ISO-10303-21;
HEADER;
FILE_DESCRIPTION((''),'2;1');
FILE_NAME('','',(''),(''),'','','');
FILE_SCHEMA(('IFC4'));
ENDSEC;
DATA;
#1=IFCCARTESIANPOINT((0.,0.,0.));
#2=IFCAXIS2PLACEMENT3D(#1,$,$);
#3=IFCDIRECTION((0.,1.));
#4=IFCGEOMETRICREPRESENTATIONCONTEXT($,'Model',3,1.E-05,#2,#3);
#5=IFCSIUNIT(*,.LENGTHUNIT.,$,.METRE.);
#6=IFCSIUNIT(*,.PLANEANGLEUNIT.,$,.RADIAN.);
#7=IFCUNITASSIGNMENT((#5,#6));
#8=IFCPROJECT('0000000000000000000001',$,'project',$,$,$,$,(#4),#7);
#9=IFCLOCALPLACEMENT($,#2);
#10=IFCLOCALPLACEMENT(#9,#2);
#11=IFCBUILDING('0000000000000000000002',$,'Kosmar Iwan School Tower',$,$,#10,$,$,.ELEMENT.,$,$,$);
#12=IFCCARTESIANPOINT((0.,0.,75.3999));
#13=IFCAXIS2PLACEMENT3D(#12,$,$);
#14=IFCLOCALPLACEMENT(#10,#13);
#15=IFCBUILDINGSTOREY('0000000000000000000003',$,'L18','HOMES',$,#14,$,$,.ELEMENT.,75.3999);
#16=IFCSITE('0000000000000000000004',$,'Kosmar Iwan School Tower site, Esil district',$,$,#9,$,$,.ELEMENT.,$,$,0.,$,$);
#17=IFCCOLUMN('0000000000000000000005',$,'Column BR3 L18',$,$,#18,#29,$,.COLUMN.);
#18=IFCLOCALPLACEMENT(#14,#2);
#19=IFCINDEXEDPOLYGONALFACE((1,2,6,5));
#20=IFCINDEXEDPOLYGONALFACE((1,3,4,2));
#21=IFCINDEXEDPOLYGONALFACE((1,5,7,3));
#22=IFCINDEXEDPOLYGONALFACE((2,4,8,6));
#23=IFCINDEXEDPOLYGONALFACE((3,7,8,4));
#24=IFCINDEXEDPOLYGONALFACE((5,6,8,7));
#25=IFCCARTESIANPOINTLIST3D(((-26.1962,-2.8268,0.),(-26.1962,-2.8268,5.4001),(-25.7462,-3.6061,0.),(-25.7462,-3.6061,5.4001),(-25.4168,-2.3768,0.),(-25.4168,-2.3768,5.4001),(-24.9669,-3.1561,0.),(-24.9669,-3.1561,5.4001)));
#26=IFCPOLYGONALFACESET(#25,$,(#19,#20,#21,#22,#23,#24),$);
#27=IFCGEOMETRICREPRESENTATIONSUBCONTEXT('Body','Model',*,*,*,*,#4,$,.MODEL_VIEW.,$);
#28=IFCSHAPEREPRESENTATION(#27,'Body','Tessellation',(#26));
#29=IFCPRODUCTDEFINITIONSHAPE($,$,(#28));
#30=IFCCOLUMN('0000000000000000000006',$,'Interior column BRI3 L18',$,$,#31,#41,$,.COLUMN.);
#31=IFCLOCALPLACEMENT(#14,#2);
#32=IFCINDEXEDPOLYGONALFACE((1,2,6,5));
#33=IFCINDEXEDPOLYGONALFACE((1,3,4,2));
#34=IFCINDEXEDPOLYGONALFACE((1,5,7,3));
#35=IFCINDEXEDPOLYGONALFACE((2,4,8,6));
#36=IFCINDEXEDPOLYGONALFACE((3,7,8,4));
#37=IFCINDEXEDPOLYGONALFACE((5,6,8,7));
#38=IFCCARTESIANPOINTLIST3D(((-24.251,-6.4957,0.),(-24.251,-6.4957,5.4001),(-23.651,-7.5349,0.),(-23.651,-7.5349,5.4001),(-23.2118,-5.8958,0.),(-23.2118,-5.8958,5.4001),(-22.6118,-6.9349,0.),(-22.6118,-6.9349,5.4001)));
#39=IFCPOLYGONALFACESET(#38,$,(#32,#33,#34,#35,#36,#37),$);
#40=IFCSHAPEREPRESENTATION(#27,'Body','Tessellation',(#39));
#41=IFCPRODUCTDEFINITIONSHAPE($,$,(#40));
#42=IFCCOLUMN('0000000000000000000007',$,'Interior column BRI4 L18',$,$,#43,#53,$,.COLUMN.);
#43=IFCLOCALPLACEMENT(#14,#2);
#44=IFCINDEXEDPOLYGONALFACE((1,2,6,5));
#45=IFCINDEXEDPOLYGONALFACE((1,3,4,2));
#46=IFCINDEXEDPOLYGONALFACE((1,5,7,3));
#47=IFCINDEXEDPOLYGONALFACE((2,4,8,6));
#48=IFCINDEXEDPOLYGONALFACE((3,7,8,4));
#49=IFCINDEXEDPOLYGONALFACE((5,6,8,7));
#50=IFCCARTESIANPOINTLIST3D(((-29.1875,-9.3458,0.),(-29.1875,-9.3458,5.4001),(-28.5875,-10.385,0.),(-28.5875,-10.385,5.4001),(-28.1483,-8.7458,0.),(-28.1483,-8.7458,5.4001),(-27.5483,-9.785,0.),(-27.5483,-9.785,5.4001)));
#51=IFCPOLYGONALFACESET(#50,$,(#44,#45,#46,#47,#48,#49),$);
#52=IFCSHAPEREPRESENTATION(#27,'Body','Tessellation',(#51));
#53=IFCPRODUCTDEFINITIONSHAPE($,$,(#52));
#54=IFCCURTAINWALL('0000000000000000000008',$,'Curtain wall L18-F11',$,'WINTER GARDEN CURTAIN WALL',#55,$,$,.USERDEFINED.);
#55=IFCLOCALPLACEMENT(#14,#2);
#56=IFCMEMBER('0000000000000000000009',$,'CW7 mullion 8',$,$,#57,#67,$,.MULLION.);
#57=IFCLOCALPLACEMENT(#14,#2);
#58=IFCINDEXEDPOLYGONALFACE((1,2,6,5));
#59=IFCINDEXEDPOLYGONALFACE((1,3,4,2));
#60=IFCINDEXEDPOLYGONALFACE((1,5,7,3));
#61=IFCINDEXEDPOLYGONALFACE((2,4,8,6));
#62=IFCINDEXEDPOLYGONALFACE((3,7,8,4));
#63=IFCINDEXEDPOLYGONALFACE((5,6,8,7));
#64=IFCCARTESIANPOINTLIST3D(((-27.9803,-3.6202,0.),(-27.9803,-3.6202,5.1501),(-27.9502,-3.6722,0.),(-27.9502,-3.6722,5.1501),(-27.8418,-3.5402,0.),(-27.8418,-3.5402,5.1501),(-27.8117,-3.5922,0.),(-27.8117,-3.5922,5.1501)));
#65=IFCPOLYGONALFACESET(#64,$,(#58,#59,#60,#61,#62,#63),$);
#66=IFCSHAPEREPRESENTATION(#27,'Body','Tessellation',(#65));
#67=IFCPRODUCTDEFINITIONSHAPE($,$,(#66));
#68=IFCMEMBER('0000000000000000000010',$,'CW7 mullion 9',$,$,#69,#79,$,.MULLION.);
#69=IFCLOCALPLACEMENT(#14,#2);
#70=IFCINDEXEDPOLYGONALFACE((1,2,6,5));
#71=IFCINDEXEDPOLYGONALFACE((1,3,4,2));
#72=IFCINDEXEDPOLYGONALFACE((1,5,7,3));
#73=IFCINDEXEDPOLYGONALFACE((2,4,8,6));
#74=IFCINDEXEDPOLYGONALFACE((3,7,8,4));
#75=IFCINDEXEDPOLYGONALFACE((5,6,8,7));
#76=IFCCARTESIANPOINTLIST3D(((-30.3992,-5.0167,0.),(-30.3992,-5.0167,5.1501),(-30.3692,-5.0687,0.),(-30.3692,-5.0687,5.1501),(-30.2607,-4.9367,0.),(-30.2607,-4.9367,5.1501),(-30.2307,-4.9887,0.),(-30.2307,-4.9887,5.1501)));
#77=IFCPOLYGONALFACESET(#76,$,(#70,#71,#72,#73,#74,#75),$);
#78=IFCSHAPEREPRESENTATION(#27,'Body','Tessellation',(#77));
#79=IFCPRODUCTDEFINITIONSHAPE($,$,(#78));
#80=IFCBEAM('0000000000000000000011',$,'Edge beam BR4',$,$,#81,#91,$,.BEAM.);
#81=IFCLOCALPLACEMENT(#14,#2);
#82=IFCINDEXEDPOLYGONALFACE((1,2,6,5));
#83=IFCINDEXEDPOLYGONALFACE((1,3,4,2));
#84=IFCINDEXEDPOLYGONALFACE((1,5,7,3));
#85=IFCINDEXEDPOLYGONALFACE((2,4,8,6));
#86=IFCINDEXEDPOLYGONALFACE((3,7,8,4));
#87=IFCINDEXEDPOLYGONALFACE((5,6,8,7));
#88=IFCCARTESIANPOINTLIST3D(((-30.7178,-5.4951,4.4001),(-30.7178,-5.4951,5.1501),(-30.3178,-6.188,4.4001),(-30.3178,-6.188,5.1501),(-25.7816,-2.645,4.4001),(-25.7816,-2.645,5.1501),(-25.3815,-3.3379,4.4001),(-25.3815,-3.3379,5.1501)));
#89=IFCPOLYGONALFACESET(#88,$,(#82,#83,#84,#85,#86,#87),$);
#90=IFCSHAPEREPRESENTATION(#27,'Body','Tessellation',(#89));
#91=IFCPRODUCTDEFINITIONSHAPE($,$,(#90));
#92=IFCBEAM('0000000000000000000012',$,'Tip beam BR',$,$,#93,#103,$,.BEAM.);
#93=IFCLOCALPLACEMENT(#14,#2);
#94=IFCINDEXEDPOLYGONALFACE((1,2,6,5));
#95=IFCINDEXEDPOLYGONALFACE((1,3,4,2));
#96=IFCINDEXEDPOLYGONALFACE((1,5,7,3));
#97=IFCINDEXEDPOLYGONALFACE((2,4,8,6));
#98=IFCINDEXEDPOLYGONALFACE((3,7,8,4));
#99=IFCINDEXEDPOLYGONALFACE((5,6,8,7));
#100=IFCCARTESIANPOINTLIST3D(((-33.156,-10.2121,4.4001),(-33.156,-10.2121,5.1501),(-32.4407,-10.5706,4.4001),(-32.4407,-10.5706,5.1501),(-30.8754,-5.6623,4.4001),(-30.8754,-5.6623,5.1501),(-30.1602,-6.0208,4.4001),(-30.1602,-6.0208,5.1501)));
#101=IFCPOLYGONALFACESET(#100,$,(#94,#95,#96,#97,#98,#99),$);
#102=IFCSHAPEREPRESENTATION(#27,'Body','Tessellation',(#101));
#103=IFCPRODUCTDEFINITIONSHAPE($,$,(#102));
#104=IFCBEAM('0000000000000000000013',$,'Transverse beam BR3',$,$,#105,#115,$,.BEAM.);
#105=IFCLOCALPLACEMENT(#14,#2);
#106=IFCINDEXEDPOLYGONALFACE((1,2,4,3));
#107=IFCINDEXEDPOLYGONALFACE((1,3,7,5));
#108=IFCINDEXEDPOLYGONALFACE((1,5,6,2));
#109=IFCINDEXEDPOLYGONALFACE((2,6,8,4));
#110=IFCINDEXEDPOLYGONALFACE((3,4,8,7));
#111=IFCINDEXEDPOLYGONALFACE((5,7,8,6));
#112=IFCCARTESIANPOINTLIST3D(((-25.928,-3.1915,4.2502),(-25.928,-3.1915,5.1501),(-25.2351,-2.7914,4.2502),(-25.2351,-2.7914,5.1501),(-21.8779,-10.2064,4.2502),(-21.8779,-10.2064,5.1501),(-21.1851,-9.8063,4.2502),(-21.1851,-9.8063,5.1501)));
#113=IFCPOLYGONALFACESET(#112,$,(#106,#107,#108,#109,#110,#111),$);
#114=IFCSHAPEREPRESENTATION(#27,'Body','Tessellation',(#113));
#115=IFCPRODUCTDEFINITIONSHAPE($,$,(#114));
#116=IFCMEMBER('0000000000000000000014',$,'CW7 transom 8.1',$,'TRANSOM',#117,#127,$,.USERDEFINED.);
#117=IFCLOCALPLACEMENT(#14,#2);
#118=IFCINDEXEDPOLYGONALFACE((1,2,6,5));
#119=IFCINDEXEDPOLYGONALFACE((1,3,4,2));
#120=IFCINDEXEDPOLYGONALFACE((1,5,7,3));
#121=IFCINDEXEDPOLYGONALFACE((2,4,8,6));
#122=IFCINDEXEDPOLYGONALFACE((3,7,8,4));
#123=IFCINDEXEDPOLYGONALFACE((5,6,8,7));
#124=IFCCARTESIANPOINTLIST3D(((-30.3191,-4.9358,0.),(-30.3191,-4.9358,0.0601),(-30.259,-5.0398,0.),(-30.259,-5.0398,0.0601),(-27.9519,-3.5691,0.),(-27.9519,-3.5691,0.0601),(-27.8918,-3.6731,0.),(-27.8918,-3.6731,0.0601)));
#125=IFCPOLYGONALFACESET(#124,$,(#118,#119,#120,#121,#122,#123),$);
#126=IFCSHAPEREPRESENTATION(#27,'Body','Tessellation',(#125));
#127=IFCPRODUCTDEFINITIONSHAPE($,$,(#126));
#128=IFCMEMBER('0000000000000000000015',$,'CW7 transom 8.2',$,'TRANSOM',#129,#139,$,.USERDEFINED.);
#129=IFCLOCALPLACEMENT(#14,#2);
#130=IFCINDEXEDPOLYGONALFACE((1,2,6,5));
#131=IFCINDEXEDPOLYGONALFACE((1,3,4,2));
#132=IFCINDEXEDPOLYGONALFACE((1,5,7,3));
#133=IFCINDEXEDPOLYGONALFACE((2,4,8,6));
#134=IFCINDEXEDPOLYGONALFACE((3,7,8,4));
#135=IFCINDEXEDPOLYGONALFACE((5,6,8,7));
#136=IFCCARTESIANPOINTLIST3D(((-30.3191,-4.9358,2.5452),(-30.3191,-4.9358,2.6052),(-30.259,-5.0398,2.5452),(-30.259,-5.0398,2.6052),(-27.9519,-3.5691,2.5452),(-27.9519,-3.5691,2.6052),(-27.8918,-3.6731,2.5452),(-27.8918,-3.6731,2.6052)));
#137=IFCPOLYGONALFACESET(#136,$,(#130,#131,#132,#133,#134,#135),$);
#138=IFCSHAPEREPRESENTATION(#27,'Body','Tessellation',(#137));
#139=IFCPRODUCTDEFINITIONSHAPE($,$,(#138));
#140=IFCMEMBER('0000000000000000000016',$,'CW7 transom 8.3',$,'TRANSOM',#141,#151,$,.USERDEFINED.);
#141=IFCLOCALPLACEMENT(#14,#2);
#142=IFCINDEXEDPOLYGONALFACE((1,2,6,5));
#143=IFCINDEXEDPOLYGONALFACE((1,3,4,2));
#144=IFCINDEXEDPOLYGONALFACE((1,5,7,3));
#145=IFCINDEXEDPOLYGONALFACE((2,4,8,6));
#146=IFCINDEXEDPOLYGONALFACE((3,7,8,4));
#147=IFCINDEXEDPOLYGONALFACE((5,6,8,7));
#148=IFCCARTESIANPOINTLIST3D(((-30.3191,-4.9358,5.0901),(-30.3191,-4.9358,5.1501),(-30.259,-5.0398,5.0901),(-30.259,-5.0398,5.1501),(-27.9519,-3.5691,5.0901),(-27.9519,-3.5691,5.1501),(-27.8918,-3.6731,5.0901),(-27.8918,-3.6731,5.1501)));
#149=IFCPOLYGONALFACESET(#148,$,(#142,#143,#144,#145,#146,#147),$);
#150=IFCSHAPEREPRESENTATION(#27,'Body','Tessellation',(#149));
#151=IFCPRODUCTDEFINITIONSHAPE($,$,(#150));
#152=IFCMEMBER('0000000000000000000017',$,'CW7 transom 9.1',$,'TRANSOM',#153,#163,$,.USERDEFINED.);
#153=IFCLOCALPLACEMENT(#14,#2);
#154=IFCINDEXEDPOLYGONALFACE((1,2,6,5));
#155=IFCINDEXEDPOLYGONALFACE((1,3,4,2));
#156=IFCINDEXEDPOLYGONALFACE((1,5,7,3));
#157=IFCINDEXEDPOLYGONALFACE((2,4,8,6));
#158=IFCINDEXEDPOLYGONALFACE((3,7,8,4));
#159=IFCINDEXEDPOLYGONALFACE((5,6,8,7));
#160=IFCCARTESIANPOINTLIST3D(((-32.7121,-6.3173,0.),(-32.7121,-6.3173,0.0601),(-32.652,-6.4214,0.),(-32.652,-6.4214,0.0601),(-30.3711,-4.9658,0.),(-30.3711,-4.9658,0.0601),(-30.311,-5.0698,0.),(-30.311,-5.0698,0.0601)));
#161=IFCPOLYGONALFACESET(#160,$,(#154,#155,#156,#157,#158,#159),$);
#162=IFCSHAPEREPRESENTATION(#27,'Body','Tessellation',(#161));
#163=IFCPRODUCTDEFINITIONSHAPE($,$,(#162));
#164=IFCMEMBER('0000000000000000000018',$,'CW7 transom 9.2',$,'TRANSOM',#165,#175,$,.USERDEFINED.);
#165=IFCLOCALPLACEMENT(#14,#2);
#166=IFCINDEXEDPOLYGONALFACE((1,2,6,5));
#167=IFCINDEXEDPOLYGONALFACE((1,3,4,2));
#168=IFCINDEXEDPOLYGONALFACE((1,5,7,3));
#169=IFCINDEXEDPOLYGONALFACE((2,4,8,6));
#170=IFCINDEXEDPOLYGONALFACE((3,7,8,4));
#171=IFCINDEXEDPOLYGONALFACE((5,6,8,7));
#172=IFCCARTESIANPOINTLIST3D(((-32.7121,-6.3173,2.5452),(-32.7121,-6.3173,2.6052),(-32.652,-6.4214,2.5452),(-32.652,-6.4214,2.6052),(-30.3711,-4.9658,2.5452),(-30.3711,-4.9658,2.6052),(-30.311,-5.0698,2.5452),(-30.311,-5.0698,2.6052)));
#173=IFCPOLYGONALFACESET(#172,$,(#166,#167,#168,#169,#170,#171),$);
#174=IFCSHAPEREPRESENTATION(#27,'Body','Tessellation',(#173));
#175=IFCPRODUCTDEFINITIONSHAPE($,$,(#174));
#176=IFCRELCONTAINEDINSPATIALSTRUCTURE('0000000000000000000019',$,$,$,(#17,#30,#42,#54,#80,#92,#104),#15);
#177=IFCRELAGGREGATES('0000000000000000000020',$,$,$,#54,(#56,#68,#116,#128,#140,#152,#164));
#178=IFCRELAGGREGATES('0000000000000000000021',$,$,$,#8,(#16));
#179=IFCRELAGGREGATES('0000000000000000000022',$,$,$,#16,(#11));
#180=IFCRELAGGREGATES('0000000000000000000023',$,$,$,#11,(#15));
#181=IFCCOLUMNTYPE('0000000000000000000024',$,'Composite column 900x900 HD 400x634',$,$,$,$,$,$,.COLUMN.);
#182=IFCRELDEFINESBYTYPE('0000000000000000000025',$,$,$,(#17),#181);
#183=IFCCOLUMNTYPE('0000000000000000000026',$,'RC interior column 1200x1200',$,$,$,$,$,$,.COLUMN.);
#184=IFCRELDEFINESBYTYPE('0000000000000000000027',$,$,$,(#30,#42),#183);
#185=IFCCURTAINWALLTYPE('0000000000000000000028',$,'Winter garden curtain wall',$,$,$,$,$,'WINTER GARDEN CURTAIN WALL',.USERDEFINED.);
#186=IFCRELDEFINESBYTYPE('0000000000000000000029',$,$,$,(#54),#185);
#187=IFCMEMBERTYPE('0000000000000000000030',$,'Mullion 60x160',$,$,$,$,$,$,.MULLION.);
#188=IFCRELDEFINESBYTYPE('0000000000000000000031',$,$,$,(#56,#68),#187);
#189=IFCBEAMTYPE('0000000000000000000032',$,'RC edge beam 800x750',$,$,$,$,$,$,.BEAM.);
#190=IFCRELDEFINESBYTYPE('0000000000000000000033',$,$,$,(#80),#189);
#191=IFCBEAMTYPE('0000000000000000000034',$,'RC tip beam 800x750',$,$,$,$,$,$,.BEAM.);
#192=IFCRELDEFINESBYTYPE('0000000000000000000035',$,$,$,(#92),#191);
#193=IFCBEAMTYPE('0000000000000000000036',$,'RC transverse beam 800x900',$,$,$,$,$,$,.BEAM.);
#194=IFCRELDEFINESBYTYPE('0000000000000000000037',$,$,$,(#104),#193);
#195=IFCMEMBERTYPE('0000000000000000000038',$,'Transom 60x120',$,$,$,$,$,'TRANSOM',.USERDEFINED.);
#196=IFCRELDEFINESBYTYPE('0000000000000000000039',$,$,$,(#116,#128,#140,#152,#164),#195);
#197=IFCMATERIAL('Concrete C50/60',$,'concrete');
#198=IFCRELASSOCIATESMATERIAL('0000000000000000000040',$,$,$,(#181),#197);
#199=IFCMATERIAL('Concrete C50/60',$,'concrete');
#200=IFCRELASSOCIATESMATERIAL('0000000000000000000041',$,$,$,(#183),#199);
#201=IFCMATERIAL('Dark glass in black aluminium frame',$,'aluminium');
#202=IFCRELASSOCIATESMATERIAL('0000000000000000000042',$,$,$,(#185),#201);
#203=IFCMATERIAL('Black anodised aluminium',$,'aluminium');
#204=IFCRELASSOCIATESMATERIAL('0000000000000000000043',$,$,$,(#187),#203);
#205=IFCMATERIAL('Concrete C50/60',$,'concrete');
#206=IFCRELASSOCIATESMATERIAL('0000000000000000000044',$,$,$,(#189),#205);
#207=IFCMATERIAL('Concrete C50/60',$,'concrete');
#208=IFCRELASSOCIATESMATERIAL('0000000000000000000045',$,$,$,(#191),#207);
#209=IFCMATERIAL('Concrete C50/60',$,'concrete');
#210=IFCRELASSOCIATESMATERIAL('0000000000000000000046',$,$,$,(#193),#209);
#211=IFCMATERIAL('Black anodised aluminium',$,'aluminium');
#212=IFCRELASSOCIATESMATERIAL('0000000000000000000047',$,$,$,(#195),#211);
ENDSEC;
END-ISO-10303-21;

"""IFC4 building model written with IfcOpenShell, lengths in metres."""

from ifc_helpers import new_model, si_unit, direction, frame, origin, origin_2d, place, context, subcontext, project, spatial, rectangle, extrude, material, material_profile, profile_set, type_object, element, aggregate, save


model = new_model("IFC4")

# Units and contexts
model_context = context("Model", 3, precision=1e-05, world=origin(), true_north=direction((0.0, 1.0)))
body_context = subcontext(model_context, "Body", "Model", "MODEL_VIEW")
ifc_project = project(units=[si_unit("LENGTHUNIT", "METRE"), si_unit("PLANEANGLEUNIT", "RADIAN")], contexts=[model_context])

# Site, building, storey
site_placement = place(None, origin())
site = spatial("IfcSite", under=ifc_project, at=site_placement, Name="Kosmar Iwan School Tower site, Esil district", CompositionType="ELEMENT", RefElevation=0.0)
building_placement = place(site_placement, origin())
building = spatial("IfcBuilding", under=site, at=building_placement, Name="Kosmar Iwan School Tower", CompositionType="ELEMENT")
storey_placement = place(building_placement, frame((0.0, 0.0, 75.3999)))
storey = spatial("IfcBuildingStorey", under=building, at=storey_placement, Name="L18", Description="HOMES", CompositionType="ELEMENT", Elevation=75.3999)

# Columns
ifc_material_1 = material(Name="Concrete C50/60", Category="concrete")
ifc_material_profile_1 = material_profile(ifc_material_1, rectangle(XDim=0.8999, YDim=0.8999, at=origin_2d()), Name="RC 900x900 + HD 400x634")
ifc_profile_set_1 = profile_set([ifc_material_profile_1], Name="Concrete C50/60")
column_type_1 = type_object("IfcColumnType", Name="Composite column 900x900 HD 400x634", PredefinedType="COLUMN", material=ifc_profile_set_1)
column_placement = place(storey_placement, frame((-25.5815, -2.9915, 0.0), z_axis=(0.0, 0.0, 1.0), x_axis=(-0.866025, -0.5, 0.0)))
element("IfcColumn", 1, at=column_placement, inside=storey, type_object=column_type_1, Name="Column BR3 L18", PredefinedType="COLUMN", context=body_context, shape_type="SweptSolid", body=[
    extrude(rectangle(XDim=0.8999, YDim=0.8999, at=origin_2d()), origin(), (0.0, 0.0, 1.0), 5.4001),
])
ifc_material_2 = material(Name="Concrete C50/60", Category="concrete")
ifc_material_profile_2 = material_profile(ifc_material_2, rectangle(XDim=1.2, YDim=1.2, at=origin_2d()), Name="RC 1200x1200")
ifc_profile_set_2 = profile_set([ifc_material_profile_2], Name="Concrete C50/60")
column_type_2 = type_object("IfcColumnType", Name="RC interior column 1200x1200", PredefinedType="COLUMN", material=ifc_profile_set_2)
for number, where, z_axis, x_axis, name in (
    (2, (-23.4314, -6.7153, 0.0), (0.0, 0.0, 1.0), (-0.866025, -0.5, 0.0), "Interior column BRI3 L18"),
    (3, (-28.3679, -9.5654, 0.0), (0.0, 0.0, 1.0), (-0.866025, -0.5, 0.0), "Interior column BRI4 L18"),
):
    element("IfcColumn", number, at=place(storey_placement, frame(where, z_axis=z_axis, x_axis=x_axis)), inside=storey, type_object=column_type_2, Name=name, PredefinedType="COLUMN", context=body_context, shape_type="SweptSolid", body=[
        extrude(rectangle(XDim=1.2, YDim=1.2, at=origin_2d()), origin(), (0.0, 0.0, 1.0), 5.4001),
    ])

# Curtain wall, members
ifc_material_3 = material(Name="Dark glass in black aluminium frame", Category="aluminium")
curtain_wall_type = type_object("IfcCurtainWallType", Name="Winter garden curtain wall", ElementType="WINTER GARDEN CURTAIN WALL", PredefinedType="USERDEFINED", material=ifc_material_3)
curtain_wall_placement = place(storey_placement, origin())
curtain_wall = element("IfcCurtainWall", 4, at=curtain_wall_placement, inside=storey, type_object=curtain_wall_type, Name="Curtain wall L18-F11", ObjectType="WINTER GARDEN CURTAIN WALL", PredefinedType="USERDEFINED")
ifc_material_4 = material(Name="Black anodised aluminium", Category="aluminium")
ifc_material_profile_3 = material_profile(ifc_material_4, rectangle(XDim=0.0601, YDim=0.1599, at=origin_2d()), Name="MULLION 60x160")
ifc_profile_set_3 = profile_set([ifc_material_profile_3], Name="Black anodised aluminium")
member_type_1 = type_object("IfcMemberType", Name="Mullion 60x160", PredefinedType="MULLION", material=ifc_profile_set_3)
member_1_placement = place(storey_placement, frame((-27.896, -3.6062, 0.0), z_axis=(0.0, 0.0, 1.0), x_axis=(0.5, -0.866025, 0.0)))
member_1 = element("IfcMember", 5, at=member_1_placement, type_object=member_type_1, Name="CW7 mullion 8", PredefinedType="MULLION", context=body_context, shape_type="SweptSolid", body=[
    extrude(rectangle(XDim=0.0601, YDim=0.1599, at=origin_2d()), origin(), (0.0, 0.0, 1.0), 5.1501),
])
member_2_placement = place(storey_placement, frame((-30.3149, -5.0027, 0.0), z_axis=(0.0, 0.0, 1.0), x_axis=(0.5, -0.866025, 0.0)))
member_2 = element("IfcMember", 6, at=member_2_placement, type_object=member_type_1, Name="CW7 mullion 9", PredefinedType="MULLION", context=body_context, shape_type="SweptSolid", body=[
    extrude(rectangle(XDim=0.0601, YDim=0.1599, at=origin_2d()), origin(), (0.0, 0.0, 1.0), 5.1501),
])

# Beams
ifc_material_5 = material(Name="Concrete C50/60", Category="concrete")
ifc_material_profile_4 = material_profile(ifc_material_5, rectangle(XDim=0.8, YDim=0.75, at=origin_2d()), Name="RC 800x750")
ifc_profile_set_4 = profile_set([ifc_material_profile_4], Name="Concrete C50/60")
beam_type_1 = type_object("IfcBeamType", Name="RC edge beam 800x750", PredefinedType="BEAM", material=ifc_profile_set_4)
beam_1_placement = place(storey_placement, frame((-25.5815, -2.9915, 4.7751), z_axis=(-0.866015, -0.500018, 0.0), x_axis=(0.500018, -0.866015, 0.0)))
element("IfcBeam", 7, at=beam_1_placement, inside=storey, type_object=beam_type_1, Name="Edge beam BR4", PredefinedType="BEAM", context=body_context, shape_type="SweptSolid", body=[
    extrude(rectangle(XDim=0.8, YDim=0.75, at=origin_2d()), origin(), (0.0, 0.0, 1.0), 5.7),
])
ifc_material_6 = material(Name="Concrete C50/60", Category="concrete")
ifc_material_profile_5 = material_profile(ifc_material_6, rectangle(XDim=0.8, YDim=0.75, at=origin_2d()), Name="RC 800x750")
ifc_profile_set_5 = profile_set([ifc_material_profile_5], Name="Concrete C50/60")
beam_type_2 = type_object("IfcBeamType", Name="RC tip beam 800x750", PredefinedType="BEAM", material=ifc_profile_set_5)
beam_2_placement = place(storey_placement, frame((-30.5178, -5.8416, 4.7751), z_axis=(-0.448096, -0.893985, 0.0), x_axis=(0.893985, -0.448096, 0.0)))
element("IfcBeam", 8, at=beam_2_placement, inside=storey, type_object=beam_type_2, Name="Tip beam BR", PredefinedType="BEAM", context=body_context, shape_type="SweptSolid", body=[
    extrude(rectangle(XDim=0.8, YDim=0.75, at=origin_2d()), origin(), (0.0, 0.0, 1.0), 5.0894),
])
ifc_material_7 = material(Name="Concrete C50/60", Category="concrete")
ifc_material_profile_6 = material_profile(ifc_material_7, rectangle(XDim=0.8, YDim=0.8999, at=origin_2d()), Name="RC 800x900")
ifc_profile_set_6 = profile_set([ifc_material_profile_6], Name="Concrete C50/60")
beam_type_3 = type_object("IfcBeamType", Name="RC transverse beam 800x900", PredefinedType="BEAM", material=ifc_profile_set_6)
beam_3_placement = place(storey_placement, frame((-25.5815, -2.9915, 4.7002), z_axis=(0.5, -0.866025, 0.0), x_axis=(0.866025, 0.5, 0.0)))
element("IfcBeam", 9, at=beam_3_placement, inside=storey, type_object=beam_type_3, Name="Transverse beam BR3", PredefinedType="BEAM", context=body_context, shape_type="SweptSolid", body=[
    extrude(rectangle(XDim=0.8, YDim=0.8999, at=origin_2d()), origin(), (0.0, 0.0, 1.0), 8.1001),
])

# Members
ifc_material_8 = material(Name="Black anodised aluminium", Category="aluminium")
ifc_material_profile_7 = material_profile(ifc_material_8, rectangle(XDim=0.1201, YDim=0.0601, at=origin_2d()), Name="TRANSOM 60x120")
ifc_profile_set_7 = profile_set([ifc_material_profile_7], Name="Black anodised aluminium")
member_type_2 = type_object("IfcMemberType", Name="Transom 60x120", ElementType="TRANSOM", PredefinedType="USERDEFINED", material=ifc_profile_set_7)
member_3_placement = place(storey_placement, frame((-27.9219, -3.6211, 0.03), z_axis=(-0.866025, -0.500001, 0.0), x_axis=(0.500001, -0.866025, 0.0)))
member_3 = element("IfcMember", 10, at=member_3_placement, type_object=member_type_2, Name="CW7 transom 8.1", ObjectType="TRANSOM", PredefinedType="USERDEFINED", context=body_context, shape_type="SweptSolid", body=[
    extrude(rectangle(XDim=0.1201, YDim=0.0601, at=origin_2d()), origin(), (0.0, 0.0, 1.0), 2.7334),
])
member_4_placement = place(storey_placement, frame((-27.9219, -3.6211, 2.5752), z_axis=(-0.866025, -0.500001, 0.0), x_axis=(0.500001, -0.866025, 0.0)))
member_4 = element("IfcMember", 11, at=member_4_placement, type_object=member_type_2, Name="CW7 transom 8.2", ObjectType="TRANSOM", PredefinedType="USERDEFINED", context=body_context, shape_type="SweptSolid", body=[
    extrude(rectangle(XDim=0.1201, YDim=0.0601, at=origin_2d()), origin(), (0.0, 0.0, 1.0), 2.7334),
])
member_5_placement = place(storey_placement, frame((-27.9219, -3.6211, 5.1201), z_axis=(-0.866025, -0.500001, 0.0), x_axis=(0.500001, -0.866025, 0.0)))
member_5 = element("IfcMember", 12, at=member_5_placement, type_object=member_type_2, Name="CW7 transom 8.3", ObjectType="TRANSOM", PredefinedType="USERDEFINED", context=body_context, shape_type="SweptSolid", body=[
    extrude(rectangle(XDim=0.1201, YDim=0.0601, at=origin_2d()), origin(), (0.0, 0.0, 1.0), 2.7334),
])
member_6_placement = place(storey_placement, frame((-30.3411, -5.0178, 0.03), z_axis=(-0.866034, -0.499986, 0.0), x_axis=(0.499986, -0.866034, 0.0)))
member_6 = element("IfcMember", 13, at=member_6_placement, type_object=member_type_2, Name="CW7 transom 9.1", ObjectType="TRANSOM", PredefinedType="USERDEFINED", context=body_context, shape_type="SweptSolid", body=[
    extrude(rectangle(XDim=0.1201, YDim=0.0601, at=origin_2d()), origin(), (0.0, 0.0, 1.0), 2.7031),
])
member_7_placement = place(storey_placement, frame((-30.3411, -5.0178, 2.5752), z_axis=(-0.866034, -0.499986, 0.0), x_axis=(0.499986, -0.866034, 0.0)))
member_7 = element("IfcMember", 14, at=member_7_placement, type_object=member_type_2, Name="CW7 transom 9.2", ObjectType="TRANSOM", PredefinedType="USERDEFINED", context=body_context, shape_type="SweptSolid", body=[
    extrude(rectangle(XDim=0.1201, YDim=0.0601, at=origin_2d()), origin(), (0.0, 0.0, 1.0), 2.7031),
])

aggregate(curtain_wall, [member_1, member_2, member_3, member_4, member_5, member_6, member_7])

save(model, "model.ifc")
